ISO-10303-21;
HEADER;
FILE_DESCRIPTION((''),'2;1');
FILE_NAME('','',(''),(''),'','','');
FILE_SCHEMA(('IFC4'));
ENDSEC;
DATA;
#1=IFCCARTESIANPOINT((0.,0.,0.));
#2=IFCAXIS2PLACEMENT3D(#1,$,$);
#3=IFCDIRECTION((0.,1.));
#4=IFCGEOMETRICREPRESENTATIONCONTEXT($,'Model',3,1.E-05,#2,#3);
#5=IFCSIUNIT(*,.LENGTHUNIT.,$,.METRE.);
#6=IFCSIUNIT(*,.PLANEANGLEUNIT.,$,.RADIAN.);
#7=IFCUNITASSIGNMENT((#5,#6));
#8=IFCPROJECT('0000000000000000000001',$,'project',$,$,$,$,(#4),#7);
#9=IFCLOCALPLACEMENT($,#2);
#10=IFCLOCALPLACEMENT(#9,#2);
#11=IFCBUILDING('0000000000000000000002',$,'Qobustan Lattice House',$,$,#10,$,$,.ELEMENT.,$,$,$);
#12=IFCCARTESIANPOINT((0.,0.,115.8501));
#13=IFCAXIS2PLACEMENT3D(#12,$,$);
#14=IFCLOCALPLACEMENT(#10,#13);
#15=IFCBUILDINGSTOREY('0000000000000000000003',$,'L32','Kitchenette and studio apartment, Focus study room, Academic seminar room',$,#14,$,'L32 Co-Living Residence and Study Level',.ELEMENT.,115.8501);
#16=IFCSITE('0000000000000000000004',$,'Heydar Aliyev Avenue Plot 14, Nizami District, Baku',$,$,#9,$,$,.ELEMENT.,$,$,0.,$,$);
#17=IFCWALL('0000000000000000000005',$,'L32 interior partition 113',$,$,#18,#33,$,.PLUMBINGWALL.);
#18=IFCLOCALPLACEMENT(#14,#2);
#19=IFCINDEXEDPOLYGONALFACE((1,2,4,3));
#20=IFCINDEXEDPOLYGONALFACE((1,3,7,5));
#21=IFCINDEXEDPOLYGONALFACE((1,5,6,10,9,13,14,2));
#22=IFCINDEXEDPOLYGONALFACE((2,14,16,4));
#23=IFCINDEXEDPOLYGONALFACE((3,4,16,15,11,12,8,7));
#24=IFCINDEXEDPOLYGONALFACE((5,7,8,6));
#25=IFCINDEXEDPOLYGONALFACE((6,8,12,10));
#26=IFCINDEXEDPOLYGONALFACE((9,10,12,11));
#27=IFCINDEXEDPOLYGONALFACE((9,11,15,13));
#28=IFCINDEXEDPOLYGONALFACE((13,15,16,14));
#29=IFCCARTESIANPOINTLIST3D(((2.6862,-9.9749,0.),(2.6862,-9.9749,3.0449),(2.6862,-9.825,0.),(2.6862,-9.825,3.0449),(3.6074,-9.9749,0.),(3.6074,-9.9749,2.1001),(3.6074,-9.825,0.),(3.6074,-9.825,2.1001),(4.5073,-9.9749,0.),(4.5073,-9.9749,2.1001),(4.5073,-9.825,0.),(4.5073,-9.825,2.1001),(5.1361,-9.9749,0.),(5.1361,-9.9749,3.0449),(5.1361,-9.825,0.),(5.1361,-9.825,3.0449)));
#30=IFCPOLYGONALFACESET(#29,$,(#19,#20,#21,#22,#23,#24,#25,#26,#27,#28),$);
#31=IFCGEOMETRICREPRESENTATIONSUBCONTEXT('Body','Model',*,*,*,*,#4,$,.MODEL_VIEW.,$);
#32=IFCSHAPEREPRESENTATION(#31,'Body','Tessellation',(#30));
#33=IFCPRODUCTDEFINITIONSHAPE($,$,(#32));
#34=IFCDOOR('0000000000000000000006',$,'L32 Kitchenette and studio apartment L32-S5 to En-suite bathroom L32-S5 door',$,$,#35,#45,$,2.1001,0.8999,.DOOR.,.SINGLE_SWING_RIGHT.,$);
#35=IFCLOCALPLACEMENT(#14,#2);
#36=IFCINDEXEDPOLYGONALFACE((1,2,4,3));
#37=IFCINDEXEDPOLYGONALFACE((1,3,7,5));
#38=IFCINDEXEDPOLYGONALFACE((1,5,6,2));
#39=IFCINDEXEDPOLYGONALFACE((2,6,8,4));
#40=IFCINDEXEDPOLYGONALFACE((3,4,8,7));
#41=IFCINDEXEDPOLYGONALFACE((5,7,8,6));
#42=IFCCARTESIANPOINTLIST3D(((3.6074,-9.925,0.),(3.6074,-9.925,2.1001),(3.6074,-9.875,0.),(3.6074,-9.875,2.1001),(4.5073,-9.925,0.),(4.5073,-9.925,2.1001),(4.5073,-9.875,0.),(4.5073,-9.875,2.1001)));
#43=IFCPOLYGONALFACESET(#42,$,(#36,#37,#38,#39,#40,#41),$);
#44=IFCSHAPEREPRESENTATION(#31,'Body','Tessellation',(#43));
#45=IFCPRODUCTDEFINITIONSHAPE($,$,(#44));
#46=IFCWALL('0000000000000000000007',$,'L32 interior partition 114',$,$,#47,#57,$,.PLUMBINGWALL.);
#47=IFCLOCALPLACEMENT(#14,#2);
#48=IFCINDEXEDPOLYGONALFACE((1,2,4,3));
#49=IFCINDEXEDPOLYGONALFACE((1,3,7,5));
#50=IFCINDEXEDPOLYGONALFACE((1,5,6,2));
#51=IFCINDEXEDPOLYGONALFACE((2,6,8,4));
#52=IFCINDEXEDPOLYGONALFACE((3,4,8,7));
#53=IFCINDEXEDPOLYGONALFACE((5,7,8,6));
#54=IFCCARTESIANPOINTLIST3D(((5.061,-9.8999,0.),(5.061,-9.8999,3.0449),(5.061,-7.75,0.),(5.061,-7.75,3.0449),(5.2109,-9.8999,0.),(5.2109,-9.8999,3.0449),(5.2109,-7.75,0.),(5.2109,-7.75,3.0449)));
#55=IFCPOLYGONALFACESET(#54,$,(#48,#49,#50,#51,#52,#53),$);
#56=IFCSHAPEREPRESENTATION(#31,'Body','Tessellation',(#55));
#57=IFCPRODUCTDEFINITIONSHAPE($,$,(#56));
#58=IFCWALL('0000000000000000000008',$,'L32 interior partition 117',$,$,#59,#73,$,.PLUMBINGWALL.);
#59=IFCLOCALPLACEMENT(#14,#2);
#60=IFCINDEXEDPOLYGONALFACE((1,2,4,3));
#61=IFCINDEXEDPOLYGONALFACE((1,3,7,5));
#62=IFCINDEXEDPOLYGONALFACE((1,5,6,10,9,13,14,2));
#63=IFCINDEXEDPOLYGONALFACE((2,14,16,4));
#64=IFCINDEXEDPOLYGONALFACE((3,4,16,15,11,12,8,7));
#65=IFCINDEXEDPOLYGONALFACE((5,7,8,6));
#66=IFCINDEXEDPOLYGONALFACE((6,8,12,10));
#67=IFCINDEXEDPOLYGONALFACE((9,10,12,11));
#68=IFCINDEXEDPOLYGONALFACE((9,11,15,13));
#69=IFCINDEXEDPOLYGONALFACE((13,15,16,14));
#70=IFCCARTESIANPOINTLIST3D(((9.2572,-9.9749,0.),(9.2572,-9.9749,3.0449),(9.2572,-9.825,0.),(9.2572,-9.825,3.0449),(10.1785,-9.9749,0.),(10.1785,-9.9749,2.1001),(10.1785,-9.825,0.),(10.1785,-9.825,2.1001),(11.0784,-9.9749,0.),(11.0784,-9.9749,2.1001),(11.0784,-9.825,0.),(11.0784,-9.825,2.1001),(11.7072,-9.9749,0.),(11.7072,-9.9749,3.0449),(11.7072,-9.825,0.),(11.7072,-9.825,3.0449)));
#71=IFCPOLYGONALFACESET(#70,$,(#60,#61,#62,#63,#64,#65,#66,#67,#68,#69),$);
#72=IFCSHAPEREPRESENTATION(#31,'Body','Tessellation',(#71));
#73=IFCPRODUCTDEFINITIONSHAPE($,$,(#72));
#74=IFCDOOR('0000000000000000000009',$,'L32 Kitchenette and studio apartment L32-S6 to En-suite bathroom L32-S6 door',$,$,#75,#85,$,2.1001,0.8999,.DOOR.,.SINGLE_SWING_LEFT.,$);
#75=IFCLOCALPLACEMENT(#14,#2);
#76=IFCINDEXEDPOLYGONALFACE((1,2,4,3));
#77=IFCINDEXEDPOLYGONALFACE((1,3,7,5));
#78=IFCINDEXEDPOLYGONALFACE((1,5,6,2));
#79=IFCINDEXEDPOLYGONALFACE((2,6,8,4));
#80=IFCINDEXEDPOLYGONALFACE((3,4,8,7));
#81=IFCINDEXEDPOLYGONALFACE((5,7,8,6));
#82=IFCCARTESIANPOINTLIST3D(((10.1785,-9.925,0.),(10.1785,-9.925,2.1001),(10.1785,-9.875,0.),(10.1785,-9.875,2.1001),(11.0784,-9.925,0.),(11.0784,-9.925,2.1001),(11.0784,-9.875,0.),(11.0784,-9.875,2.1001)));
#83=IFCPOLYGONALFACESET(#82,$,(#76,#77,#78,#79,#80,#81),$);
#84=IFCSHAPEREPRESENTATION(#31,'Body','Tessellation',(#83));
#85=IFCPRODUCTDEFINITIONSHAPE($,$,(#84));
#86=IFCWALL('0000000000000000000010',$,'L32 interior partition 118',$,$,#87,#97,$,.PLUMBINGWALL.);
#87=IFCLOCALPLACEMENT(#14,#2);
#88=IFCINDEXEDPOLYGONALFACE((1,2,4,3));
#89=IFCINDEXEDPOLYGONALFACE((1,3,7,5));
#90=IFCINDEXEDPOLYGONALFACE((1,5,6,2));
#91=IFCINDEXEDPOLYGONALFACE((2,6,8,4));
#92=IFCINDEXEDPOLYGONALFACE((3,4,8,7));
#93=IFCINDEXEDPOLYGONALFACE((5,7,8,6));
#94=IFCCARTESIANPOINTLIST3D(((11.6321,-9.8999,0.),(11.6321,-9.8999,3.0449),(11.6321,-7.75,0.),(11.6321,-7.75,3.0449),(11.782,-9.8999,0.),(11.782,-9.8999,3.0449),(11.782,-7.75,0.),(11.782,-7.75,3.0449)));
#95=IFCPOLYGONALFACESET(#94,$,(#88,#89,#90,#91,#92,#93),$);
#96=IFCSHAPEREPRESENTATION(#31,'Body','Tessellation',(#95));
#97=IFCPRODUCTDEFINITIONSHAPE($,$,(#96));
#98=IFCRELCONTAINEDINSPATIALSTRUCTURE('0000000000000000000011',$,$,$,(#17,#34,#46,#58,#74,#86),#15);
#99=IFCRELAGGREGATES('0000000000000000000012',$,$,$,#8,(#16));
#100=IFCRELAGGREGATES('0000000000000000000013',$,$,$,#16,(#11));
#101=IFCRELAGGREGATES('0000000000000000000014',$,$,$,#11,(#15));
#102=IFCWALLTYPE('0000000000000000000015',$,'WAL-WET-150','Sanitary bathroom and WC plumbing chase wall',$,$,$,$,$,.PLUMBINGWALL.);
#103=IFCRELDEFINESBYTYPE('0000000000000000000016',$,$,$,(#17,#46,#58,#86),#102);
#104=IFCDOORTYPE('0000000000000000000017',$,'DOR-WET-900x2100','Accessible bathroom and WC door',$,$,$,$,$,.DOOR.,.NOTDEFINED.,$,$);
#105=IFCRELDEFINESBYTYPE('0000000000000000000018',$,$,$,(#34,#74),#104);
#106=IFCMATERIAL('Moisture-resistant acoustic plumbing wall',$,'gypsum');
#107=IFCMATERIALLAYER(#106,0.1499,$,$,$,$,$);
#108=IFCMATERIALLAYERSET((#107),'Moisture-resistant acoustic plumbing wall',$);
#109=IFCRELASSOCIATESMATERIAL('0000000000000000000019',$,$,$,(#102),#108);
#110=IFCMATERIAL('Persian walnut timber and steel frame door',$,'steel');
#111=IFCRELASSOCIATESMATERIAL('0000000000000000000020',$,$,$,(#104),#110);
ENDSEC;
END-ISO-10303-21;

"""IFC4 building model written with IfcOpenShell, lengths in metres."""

from ifc_helpers import new_model, si_unit, direction, frame, frame_2d, origin, place, context, subcontext, project, spatial, rectangle, extrude, material, layer, layer_set, type_object, element, fill, save


model = new_model("IFC4")

# Units and contexts
model_context = context("Model", 3, precision=1e-05, world=origin(), true_north=direction((0.0, 1.0)))
body_context = subcontext(model_context, "Body", "Model", "MODEL_VIEW")
ifc_project = project(units=[si_unit("LENGTHUNIT", "METRE"), si_unit("PLANEANGLEUNIT", "RADIAN")], contexts=[model_context])

# Site, building, storey
site_placement = place(None, origin())
site = spatial("IfcSite", under=ifc_project, at=site_placement, Name="Heydar Aliyev Avenue Plot 14, Nizami District, Baku", CompositionType="ELEMENT", RefElevation=0.0)
building_placement = place(site_placement, origin())
building = spatial("IfcBuilding", under=site, at=building_placement, Name="Qobustan Lattice House", CompositionType="ELEMENT")
storey_placement = place(building_placement, frame((0.0, 0.0, 115.8501)))
storey = spatial("IfcBuildingStorey", under=building, at=storey_placement, Name="L32", Description="Kitchenette and studio apartment, Focus study room, Academic seminar room", LongName="L32 Co-Living Residence and Study Level", CompositionType="ELEMENT", Elevation=115.8501)

# Shared definitions
ifc_material_1 = material(Name="Moisture-resistant acoustic plumbing wall", Category="gypsum")
ifc_layer_1 = layer(ifc_material_1, 0.1499)
ifc_layer_set_1 = layer_set([ifc_layer_1], Name="Moisture-resistant acoustic plumbing wall")
wall_type_1 = type_object("IfcWallType", Name="WAL-WET-150", Description="Sanitary bathroom and WC plumbing chase wall", PredefinedType="PLUMBINGWALL", material=ifc_layer_set_1)

# Wall, opening, door
wall_1_placement = place(storey_placement, frame((2.686, -9.8999, 0.0), z_axis=(0.0, 0.0, 1.0), x_axis=(1.0, 0.0, 0.0)))
wall_1 = element("IfcWall", 1, at=wall_1_placement, inside=storey, type_object=wall_type_1, Name="L32 interior partition 113", PredefinedType="PLUMBINGWALL", context=body_context, shape_type="SweptSolid", body=[
    extrude(rectangle(XDim=2.45, YDim=0.1499, at=frame_2d((1.2251, 0.0))), origin(), (0.0, 0.0, 1.0), 3.0449),
])
opening_1_placement = place(wall_1_placement, frame((0.9214, 0.0, 0.0)))
opening_1 = element("IfcOpeningElement", 2, at=opening_1_placement, cuts=wall_1, PredefinedType="OPENING", context=body_context, shape_type="SweptSolid", body=[
    extrude(rectangle(XDim=0.8999, YDim=2.1001, at=frame_2d((0.45, 1.05))), frame((0.0, 0.085, 0.0), z_axis=(0.0, -1.0, 0.0), x_axis=(1.0, 0.0, 0.0)), (0.0, 0.0, 1.0), 0.1699),
])
ifc_material_2 = material(Name="Persian walnut timber and steel frame door", Category="steel")
door_type_1 = type_object("IfcDoorType", Name="DOR-WET-900x2100", Description="Accessible bathroom and WC door", OperationType="NOTDEFINED", PredefinedType="DOOR", material=ifc_material_2)
door_1_placement = place(opening_1_placement, origin())
door_1 = element("IfcDoor", 3, at=door_1_placement, inside=storey, type_object=door_type_1, Name="L32 Kitchenette and studio apartment L32-S5 to En-suite bathroom L32-S5 door", OperationType="SINGLE_SWING_RIGHT", OverallHeight=2.1001, OverallWidth=0.8999, PredefinedType="DOOR", context=body_context, shape_type="SweptSolid", body=[
    extrude(rectangle(XDim=0.8999, YDim=2.1001, at=frame_2d((0.45, 1.05))), frame((0.0, 0.0249, 0.0), z_axis=(0.0, -1.0, 0.0), x_axis=(1.0, 0.0, 0.0)), (0.0, 0.0, 1.0), 0.05),
])
fill(opening_1, door_1)

# Wall
wall_2_placement = place(storey_placement, frame((5.136, -9.8999, 0.0), z_axis=(0.0, 0.0, 1.0), x_axis=(0.0, 1.0, 0.0)))
element("IfcWall", 4, at=wall_2_placement, inside=storey, type_object=wall_type_1, Name="L32 interior partition 114", PredefinedType="PLUMBINGWALL", context=body_context, shape_type="SweptSolid", body=[
    extrude(rectangle(XDim=2.1499, YDim=0.1499, at=frame_2d((1.075, 0.0))), origin(), (0.0, 0.0, 1.0), 3.0449),
])

# Wall, opening, door
wall_3_placement = place(storey_placement, frame((9.2571, -9.8999, 0.0), z_axis=(0.0, 0.0, 1.0), x_axis=(1.0, 0.0, 0.0)))
wall_3 = element("IfcWall", 5, at=wall_3_placement, inside=storey, type_object=wall_type_1, Name="L32 interior partition 117", PredefinedType="PLUMBINGWALL", context=body_context, shape_type="SweptSolid", body=[
    extrude(rectangle(XDim=2.45, YDim=0.1499, at=frame_2d((1.2251, 0.0))), origin(), (0.0, 0.0, 1.0), 3.0449),
])
opening_2_placement = place(wall_3_placement, frame((0.9214, 0.0, 0.0)))
opening_2 = element("IfcOpeningElement", 6, at=opening_2_placement, cuts=wall_3, PredefinedType="OPENING", context=body_context, shape_type="SweptSolid", body=[
    extrude(rectangle(XDim=0.8999, YDim=2.1001, at=frame_2d((0.45, 1.05))), frame((0.0, 0.085, 0.0), z_axis=(0.0, -1.0, 0.0), x_axis=(1.0, 0.0, 0.0)), (0.0, 0.0, 1.0), 0.1699),
])
door_2_placement = place(opening_2_placement, origin())
door_2 = element("IfcDoor", 7, at=door_2_placement, inside=storey, type_object=door_type_1, Name="L32 Kitchenette and studio apartment L32-S6 to En-suite bathroom L32-S6 door", OperationType="SINGLE_SWING_LEFT", OverallHeight=2.1001, OverallWidth=0.8999, PredefinedType="DOOR", context=body_context, shape_type="SweptSolid", body=[
    extrude(rectangle(XDim=0.8999, YDim=2.1001, at=frame_2d((0.45, 1.05))), frame((0.0, 0.0249, 0.0), z_axis=(0.0, -1.0, 0.0), x_axis=(1.0, 0.0, 0.0)), (0.0, 0.0, 1.0), 0.05),
])
fill(opening_2, door_2)

# Wall
wall_4_placement = place(storey_placement, frame((11.707, -9.8999, 0.0), z_axis=(0.0, 0.0, 1.0), x_axis=(0.0, 1.0, 0.0)))
element("IfcWall", 8, at=wall_4_placement, inside=storey, type_object=wall_type_1, Name="L32 interior partition 118", PredefinedType="PLUMBINGWALL", context=body_context, shape_type="SweptSolid", body=[
    extrude(rectangle(XDim=2.1499, YDim=0.1499, at=frame_2d((1.075, 0.0))), origin(), (0.0, 0.0, 1.0), 3.0449),
])

save(model, "model.ifc")
